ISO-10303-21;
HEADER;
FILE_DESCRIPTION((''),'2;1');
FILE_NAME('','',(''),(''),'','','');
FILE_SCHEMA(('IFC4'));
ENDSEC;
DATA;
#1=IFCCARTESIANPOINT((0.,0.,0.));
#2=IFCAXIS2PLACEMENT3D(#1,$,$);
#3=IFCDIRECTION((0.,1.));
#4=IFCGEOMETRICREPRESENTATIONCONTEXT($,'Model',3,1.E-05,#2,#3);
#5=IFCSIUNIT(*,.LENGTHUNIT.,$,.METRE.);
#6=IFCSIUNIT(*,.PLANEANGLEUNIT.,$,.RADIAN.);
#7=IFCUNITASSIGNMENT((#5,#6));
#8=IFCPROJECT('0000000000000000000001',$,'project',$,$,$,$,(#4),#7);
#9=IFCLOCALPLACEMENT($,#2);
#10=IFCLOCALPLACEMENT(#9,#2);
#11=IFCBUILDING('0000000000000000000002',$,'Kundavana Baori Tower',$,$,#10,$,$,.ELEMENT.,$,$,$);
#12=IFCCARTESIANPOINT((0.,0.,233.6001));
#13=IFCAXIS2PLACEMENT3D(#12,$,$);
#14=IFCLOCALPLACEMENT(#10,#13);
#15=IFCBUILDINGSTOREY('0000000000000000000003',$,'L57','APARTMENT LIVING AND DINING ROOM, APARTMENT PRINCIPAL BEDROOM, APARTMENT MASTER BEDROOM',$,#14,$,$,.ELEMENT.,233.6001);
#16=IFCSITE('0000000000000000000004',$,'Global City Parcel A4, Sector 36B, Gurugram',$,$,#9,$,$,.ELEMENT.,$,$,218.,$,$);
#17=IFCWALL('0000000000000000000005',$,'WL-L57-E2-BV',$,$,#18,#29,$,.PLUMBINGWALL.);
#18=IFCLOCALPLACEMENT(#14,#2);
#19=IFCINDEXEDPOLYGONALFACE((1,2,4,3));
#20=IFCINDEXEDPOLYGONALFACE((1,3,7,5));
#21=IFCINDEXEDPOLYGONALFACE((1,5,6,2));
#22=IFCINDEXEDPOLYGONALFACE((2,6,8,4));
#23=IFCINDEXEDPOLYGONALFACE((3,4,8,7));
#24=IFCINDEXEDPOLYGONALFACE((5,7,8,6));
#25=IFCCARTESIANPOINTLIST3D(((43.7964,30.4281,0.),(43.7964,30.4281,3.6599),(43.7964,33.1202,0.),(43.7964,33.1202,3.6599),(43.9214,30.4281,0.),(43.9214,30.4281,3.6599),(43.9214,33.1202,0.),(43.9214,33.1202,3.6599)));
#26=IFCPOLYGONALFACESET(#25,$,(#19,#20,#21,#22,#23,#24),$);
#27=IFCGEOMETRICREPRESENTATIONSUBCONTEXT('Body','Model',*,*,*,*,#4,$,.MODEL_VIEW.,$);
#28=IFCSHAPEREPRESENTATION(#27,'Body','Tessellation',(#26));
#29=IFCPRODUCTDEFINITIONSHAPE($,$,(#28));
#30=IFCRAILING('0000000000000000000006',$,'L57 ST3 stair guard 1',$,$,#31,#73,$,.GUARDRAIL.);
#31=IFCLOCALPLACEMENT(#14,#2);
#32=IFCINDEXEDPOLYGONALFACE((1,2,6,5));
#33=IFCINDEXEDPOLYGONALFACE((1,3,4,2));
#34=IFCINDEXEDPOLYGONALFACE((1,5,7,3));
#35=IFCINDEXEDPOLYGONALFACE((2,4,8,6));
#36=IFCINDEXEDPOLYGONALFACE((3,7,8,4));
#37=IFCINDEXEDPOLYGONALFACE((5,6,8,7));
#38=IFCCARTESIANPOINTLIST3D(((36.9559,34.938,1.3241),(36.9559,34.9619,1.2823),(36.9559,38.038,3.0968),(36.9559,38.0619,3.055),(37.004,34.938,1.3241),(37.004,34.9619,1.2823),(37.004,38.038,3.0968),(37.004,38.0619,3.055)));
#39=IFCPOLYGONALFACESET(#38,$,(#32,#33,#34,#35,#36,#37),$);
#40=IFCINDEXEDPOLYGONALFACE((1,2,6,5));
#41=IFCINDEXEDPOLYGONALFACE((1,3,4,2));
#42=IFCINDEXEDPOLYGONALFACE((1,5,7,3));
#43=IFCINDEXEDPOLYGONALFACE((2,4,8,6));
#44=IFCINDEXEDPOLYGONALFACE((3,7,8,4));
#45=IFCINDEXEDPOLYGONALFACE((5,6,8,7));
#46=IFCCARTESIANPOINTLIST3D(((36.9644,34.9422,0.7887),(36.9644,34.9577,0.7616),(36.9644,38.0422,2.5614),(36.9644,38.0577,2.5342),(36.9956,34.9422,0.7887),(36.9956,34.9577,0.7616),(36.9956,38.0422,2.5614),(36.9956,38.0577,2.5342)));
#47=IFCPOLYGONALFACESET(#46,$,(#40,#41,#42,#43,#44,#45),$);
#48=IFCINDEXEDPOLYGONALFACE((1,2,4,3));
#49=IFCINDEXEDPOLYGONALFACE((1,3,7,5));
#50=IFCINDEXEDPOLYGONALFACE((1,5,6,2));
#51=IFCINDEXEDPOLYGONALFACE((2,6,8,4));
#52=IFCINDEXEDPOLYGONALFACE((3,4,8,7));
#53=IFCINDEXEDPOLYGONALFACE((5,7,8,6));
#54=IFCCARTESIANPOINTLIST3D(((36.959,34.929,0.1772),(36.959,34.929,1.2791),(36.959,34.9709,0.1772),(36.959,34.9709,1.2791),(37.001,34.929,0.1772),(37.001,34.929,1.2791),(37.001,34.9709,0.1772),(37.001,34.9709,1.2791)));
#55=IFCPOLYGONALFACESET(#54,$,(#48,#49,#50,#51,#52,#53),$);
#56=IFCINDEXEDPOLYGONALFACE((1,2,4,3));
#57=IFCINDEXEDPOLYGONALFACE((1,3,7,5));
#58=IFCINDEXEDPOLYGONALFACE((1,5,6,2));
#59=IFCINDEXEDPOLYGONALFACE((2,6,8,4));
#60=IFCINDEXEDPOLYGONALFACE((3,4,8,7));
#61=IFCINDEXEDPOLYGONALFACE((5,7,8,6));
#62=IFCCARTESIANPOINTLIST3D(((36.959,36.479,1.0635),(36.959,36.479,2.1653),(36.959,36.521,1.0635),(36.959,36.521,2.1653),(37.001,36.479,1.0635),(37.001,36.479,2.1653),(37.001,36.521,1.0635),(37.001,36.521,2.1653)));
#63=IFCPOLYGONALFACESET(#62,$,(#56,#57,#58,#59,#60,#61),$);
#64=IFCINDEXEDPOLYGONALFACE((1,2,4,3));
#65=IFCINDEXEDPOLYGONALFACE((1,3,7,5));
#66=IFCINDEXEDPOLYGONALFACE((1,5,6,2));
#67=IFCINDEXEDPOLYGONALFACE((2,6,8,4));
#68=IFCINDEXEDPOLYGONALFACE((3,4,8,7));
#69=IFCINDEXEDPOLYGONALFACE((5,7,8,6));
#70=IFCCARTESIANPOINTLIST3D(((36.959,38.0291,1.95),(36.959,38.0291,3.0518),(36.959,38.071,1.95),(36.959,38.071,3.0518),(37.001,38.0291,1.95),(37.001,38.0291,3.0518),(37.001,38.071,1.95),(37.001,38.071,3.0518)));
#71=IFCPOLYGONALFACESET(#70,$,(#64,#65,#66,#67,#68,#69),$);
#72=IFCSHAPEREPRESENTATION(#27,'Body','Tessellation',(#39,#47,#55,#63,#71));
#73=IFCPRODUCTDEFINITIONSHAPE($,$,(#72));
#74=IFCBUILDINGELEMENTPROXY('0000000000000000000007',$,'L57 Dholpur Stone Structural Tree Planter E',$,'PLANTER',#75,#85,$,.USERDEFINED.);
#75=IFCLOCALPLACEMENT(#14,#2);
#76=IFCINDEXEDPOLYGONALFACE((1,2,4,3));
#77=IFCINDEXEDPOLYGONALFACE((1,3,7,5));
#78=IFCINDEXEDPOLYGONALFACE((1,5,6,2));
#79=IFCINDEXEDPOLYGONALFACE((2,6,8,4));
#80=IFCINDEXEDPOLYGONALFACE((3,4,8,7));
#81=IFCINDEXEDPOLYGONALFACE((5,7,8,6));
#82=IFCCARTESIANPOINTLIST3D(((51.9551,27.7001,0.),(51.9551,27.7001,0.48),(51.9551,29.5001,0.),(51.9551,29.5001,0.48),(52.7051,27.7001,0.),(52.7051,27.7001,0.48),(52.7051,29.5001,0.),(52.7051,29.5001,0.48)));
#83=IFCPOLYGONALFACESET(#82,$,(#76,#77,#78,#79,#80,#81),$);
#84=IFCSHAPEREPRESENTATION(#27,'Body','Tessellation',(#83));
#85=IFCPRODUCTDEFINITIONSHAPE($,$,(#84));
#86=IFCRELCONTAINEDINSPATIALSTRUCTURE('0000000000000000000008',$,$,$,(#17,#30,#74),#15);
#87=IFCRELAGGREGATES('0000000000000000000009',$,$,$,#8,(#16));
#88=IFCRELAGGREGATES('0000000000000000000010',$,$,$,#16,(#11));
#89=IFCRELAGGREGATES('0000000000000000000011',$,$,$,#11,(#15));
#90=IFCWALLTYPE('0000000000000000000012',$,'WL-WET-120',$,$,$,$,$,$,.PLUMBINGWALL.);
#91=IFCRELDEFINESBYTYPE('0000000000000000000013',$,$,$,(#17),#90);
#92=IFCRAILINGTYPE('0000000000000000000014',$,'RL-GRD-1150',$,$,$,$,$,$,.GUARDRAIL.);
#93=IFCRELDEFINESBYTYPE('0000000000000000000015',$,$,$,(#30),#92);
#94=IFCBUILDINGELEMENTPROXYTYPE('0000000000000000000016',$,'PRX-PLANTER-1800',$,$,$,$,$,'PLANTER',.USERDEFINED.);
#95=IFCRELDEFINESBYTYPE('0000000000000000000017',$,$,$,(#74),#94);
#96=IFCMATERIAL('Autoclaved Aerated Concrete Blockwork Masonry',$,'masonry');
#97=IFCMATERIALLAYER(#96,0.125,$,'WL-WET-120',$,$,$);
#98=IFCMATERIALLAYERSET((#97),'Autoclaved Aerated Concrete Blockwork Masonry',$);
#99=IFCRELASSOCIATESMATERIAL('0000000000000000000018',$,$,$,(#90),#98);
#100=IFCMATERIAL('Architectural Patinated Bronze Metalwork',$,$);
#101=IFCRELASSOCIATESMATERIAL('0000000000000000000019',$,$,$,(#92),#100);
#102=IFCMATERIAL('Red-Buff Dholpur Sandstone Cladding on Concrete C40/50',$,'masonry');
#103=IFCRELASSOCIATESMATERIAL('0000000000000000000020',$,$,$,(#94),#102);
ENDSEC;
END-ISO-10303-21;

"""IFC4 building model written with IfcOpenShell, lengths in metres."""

from ifc_helpers import new_model, si_unit, direction, frame, frame_2d, origin, origin_2d, place, context, subcontext, project, spatial, rectangle, extrude, material, layer, layer_set, type_object, element, save


model = new_model("IFC4")

# Units and contexts
model_context = context("Model", 3, precision=1e-05, world=origin(), true_north=direction((0.0, 1.0)))
body_context = subcontext(model_context, "Body", "Model", "MODEL_VIEW")
ifc_project = project(units=[si_unit("LENGTHUNIT", "METRE"), si_unit("PLANEANGLEUNIT", "RADIAN")], contexts=[model_context])

# Site, building, storey
site_placement = place(None, origin())
site = spatial("IfcSite", under=ifc_project, at=site_placement, Name="Global City Parcel A4, Sector 36B, Gurugram", CompositionType="ELEMENT", RefElevation=218.0)
building_placement = place(site_placement, origin())
building = spatial("IfcBuilding", under=site, at=building_placement, Name="Kundavana Baori Tower", CompositionType="ELEMENT")
storey_placement = place(building_placement, frame((0.0, 0.0, 233.6001)))
storey = spatial("IfcBuildingStorey", under=building, at=storey_placement, Name="L57", Description="APARTMENT LIVING AND DINING ROOM, APARTMENT PRINCIPAL BEDROOM, APARTMENT MASTER BEDROOM", CompositionType="ELEMENT", Elevation=233.6001)

# Shared definitions
ifc_material_1 = material(Name="Autoclaved Aerated Concrete Blockwork Masonry", Category="masonry")
ifc_layer_1 = layer(ifc_material_1, 0.125, Name="WL-WET-120")
ifc_layer_set_1 = layer_set([ifc_layer_1], Name="Autoclaved Aerated Concrete Blockwork Masonry")
wall_type_1 = type_object("IfcWallType", Name="WL-WET-120", PredefinedType="PLUMBINGWALL", material=ifc_layer_set_1)

# Wall
wall_1_placement = place(storey_placement, frame((43.8589, 30.428, 0.0), z_axis=(0.0, 0.0, 1.0), x_axis=(0.0, 1.0, 0.0)))
element("IfcWall", 1, at=wall_1_placement, inside=storey, type_object=wall_type_1, Name="WL-L57-E2-BV", PredefinedType="PLUMBINGWALL", context=body_context, shape_type="SweptSolid", body=[
    extrude(rectangle(XDim=2.6921, YDim=0.125, at=frame_2d((1.3462, 0.0))), origin(), (0.0, 0.0, 1.0), 3.6599),
])

# Railing
ifc_material_2 = material(Name="Architectural Patinated Bronze Metalwork")
railing_type = type_object("IfcRailingType", Name="RL-GRD-1150", PredefinedType="GUARDRAIL", material=ifc_material_2)
railing_placement = place(storey_placement, frame((36.98, 34.95, 0.1772)))
element("IfcRailing", 2, at=railing_placement, inside=storey, type_object=railing_type, Name="L57 ST3 stair guard 1", PredefinedType="GUARDRAIL", context=body_context, shape_type="SweptSolid", body=[
    extrude(rectangle(XDim=0.0481, YDim=0.0481, at=origin_2d()), frame((0.0, 0.0, 1.126), z_axis=(0.0, 0.868096, 0.496397), x_axis=(-1.0, 0.0, 0.0)), (0.0, 0.0, 1.0), 3.571),
    extrude(rectangle(XDim=0.0312, YDim=0.0312, at=origin_2d()), frame((0.0, 0.0, 0.5979), z_axis=(0.0, 0.868096, 0.496397), x_axis=(-1.0, 0.0, 0.0)), (0.0, 0.0, 1.0), 3.571),
    extrude(rectangle(XDim=0.042, YDim=0.042, at=origin_2d()), origin(), (0.0, 0.0, 1.0), 1.1018),
    extrude(rectangle(XDim=0.042, YDim=0.042, at=origin_2d()), frame((0.0, 1.55, 0.8862)), (0.0, 0.0, 1.0), 1.1018),
    extrude(rectangle(XDim=0.042, YDim=0.042, at=origin_2d()), frame((0.0, 3.1001, 1.7727)), (0.0, 0.0, 1.0), 1.1018),
])

# Building element proxy
ifc_material_3 = material(Name="Red-Buff Dholpur Sandstone Cladding on Concrete C40/50", Category="masonry")
building_element_proxy_type = type_object("IfcBuildingElementProxyType", Name="PRX-PLANTER-1800", ElementType="PLANTER", PredefinedType="USERDEFINED", material=ifc_material_3)
proxy_placement = place(storey_placement, frame((52.3301, 28.6001, 0.0), z_axis=(0.0, 0.0, 1.0), x_axis=(0.0, 1.0, 0.0)))
element("IfcBuildingElementProxy", 3, at=proxy_placement, inside=storey, type_object=building_element_proxy_type, Name="L57 Dholpur Stone Structural Tree Planter E", ObjectType="PLANTER", PredefinedType="USERDEFINED", context=body_context, shape_type="SweptSolid", body=[
    extrude(rectangle(XDim=1.8, YDim=0.75, at=origin_2d()), origin(), (0.0, 0.0, 1.0), 0.48),
])

save(model, "model.ifc")
